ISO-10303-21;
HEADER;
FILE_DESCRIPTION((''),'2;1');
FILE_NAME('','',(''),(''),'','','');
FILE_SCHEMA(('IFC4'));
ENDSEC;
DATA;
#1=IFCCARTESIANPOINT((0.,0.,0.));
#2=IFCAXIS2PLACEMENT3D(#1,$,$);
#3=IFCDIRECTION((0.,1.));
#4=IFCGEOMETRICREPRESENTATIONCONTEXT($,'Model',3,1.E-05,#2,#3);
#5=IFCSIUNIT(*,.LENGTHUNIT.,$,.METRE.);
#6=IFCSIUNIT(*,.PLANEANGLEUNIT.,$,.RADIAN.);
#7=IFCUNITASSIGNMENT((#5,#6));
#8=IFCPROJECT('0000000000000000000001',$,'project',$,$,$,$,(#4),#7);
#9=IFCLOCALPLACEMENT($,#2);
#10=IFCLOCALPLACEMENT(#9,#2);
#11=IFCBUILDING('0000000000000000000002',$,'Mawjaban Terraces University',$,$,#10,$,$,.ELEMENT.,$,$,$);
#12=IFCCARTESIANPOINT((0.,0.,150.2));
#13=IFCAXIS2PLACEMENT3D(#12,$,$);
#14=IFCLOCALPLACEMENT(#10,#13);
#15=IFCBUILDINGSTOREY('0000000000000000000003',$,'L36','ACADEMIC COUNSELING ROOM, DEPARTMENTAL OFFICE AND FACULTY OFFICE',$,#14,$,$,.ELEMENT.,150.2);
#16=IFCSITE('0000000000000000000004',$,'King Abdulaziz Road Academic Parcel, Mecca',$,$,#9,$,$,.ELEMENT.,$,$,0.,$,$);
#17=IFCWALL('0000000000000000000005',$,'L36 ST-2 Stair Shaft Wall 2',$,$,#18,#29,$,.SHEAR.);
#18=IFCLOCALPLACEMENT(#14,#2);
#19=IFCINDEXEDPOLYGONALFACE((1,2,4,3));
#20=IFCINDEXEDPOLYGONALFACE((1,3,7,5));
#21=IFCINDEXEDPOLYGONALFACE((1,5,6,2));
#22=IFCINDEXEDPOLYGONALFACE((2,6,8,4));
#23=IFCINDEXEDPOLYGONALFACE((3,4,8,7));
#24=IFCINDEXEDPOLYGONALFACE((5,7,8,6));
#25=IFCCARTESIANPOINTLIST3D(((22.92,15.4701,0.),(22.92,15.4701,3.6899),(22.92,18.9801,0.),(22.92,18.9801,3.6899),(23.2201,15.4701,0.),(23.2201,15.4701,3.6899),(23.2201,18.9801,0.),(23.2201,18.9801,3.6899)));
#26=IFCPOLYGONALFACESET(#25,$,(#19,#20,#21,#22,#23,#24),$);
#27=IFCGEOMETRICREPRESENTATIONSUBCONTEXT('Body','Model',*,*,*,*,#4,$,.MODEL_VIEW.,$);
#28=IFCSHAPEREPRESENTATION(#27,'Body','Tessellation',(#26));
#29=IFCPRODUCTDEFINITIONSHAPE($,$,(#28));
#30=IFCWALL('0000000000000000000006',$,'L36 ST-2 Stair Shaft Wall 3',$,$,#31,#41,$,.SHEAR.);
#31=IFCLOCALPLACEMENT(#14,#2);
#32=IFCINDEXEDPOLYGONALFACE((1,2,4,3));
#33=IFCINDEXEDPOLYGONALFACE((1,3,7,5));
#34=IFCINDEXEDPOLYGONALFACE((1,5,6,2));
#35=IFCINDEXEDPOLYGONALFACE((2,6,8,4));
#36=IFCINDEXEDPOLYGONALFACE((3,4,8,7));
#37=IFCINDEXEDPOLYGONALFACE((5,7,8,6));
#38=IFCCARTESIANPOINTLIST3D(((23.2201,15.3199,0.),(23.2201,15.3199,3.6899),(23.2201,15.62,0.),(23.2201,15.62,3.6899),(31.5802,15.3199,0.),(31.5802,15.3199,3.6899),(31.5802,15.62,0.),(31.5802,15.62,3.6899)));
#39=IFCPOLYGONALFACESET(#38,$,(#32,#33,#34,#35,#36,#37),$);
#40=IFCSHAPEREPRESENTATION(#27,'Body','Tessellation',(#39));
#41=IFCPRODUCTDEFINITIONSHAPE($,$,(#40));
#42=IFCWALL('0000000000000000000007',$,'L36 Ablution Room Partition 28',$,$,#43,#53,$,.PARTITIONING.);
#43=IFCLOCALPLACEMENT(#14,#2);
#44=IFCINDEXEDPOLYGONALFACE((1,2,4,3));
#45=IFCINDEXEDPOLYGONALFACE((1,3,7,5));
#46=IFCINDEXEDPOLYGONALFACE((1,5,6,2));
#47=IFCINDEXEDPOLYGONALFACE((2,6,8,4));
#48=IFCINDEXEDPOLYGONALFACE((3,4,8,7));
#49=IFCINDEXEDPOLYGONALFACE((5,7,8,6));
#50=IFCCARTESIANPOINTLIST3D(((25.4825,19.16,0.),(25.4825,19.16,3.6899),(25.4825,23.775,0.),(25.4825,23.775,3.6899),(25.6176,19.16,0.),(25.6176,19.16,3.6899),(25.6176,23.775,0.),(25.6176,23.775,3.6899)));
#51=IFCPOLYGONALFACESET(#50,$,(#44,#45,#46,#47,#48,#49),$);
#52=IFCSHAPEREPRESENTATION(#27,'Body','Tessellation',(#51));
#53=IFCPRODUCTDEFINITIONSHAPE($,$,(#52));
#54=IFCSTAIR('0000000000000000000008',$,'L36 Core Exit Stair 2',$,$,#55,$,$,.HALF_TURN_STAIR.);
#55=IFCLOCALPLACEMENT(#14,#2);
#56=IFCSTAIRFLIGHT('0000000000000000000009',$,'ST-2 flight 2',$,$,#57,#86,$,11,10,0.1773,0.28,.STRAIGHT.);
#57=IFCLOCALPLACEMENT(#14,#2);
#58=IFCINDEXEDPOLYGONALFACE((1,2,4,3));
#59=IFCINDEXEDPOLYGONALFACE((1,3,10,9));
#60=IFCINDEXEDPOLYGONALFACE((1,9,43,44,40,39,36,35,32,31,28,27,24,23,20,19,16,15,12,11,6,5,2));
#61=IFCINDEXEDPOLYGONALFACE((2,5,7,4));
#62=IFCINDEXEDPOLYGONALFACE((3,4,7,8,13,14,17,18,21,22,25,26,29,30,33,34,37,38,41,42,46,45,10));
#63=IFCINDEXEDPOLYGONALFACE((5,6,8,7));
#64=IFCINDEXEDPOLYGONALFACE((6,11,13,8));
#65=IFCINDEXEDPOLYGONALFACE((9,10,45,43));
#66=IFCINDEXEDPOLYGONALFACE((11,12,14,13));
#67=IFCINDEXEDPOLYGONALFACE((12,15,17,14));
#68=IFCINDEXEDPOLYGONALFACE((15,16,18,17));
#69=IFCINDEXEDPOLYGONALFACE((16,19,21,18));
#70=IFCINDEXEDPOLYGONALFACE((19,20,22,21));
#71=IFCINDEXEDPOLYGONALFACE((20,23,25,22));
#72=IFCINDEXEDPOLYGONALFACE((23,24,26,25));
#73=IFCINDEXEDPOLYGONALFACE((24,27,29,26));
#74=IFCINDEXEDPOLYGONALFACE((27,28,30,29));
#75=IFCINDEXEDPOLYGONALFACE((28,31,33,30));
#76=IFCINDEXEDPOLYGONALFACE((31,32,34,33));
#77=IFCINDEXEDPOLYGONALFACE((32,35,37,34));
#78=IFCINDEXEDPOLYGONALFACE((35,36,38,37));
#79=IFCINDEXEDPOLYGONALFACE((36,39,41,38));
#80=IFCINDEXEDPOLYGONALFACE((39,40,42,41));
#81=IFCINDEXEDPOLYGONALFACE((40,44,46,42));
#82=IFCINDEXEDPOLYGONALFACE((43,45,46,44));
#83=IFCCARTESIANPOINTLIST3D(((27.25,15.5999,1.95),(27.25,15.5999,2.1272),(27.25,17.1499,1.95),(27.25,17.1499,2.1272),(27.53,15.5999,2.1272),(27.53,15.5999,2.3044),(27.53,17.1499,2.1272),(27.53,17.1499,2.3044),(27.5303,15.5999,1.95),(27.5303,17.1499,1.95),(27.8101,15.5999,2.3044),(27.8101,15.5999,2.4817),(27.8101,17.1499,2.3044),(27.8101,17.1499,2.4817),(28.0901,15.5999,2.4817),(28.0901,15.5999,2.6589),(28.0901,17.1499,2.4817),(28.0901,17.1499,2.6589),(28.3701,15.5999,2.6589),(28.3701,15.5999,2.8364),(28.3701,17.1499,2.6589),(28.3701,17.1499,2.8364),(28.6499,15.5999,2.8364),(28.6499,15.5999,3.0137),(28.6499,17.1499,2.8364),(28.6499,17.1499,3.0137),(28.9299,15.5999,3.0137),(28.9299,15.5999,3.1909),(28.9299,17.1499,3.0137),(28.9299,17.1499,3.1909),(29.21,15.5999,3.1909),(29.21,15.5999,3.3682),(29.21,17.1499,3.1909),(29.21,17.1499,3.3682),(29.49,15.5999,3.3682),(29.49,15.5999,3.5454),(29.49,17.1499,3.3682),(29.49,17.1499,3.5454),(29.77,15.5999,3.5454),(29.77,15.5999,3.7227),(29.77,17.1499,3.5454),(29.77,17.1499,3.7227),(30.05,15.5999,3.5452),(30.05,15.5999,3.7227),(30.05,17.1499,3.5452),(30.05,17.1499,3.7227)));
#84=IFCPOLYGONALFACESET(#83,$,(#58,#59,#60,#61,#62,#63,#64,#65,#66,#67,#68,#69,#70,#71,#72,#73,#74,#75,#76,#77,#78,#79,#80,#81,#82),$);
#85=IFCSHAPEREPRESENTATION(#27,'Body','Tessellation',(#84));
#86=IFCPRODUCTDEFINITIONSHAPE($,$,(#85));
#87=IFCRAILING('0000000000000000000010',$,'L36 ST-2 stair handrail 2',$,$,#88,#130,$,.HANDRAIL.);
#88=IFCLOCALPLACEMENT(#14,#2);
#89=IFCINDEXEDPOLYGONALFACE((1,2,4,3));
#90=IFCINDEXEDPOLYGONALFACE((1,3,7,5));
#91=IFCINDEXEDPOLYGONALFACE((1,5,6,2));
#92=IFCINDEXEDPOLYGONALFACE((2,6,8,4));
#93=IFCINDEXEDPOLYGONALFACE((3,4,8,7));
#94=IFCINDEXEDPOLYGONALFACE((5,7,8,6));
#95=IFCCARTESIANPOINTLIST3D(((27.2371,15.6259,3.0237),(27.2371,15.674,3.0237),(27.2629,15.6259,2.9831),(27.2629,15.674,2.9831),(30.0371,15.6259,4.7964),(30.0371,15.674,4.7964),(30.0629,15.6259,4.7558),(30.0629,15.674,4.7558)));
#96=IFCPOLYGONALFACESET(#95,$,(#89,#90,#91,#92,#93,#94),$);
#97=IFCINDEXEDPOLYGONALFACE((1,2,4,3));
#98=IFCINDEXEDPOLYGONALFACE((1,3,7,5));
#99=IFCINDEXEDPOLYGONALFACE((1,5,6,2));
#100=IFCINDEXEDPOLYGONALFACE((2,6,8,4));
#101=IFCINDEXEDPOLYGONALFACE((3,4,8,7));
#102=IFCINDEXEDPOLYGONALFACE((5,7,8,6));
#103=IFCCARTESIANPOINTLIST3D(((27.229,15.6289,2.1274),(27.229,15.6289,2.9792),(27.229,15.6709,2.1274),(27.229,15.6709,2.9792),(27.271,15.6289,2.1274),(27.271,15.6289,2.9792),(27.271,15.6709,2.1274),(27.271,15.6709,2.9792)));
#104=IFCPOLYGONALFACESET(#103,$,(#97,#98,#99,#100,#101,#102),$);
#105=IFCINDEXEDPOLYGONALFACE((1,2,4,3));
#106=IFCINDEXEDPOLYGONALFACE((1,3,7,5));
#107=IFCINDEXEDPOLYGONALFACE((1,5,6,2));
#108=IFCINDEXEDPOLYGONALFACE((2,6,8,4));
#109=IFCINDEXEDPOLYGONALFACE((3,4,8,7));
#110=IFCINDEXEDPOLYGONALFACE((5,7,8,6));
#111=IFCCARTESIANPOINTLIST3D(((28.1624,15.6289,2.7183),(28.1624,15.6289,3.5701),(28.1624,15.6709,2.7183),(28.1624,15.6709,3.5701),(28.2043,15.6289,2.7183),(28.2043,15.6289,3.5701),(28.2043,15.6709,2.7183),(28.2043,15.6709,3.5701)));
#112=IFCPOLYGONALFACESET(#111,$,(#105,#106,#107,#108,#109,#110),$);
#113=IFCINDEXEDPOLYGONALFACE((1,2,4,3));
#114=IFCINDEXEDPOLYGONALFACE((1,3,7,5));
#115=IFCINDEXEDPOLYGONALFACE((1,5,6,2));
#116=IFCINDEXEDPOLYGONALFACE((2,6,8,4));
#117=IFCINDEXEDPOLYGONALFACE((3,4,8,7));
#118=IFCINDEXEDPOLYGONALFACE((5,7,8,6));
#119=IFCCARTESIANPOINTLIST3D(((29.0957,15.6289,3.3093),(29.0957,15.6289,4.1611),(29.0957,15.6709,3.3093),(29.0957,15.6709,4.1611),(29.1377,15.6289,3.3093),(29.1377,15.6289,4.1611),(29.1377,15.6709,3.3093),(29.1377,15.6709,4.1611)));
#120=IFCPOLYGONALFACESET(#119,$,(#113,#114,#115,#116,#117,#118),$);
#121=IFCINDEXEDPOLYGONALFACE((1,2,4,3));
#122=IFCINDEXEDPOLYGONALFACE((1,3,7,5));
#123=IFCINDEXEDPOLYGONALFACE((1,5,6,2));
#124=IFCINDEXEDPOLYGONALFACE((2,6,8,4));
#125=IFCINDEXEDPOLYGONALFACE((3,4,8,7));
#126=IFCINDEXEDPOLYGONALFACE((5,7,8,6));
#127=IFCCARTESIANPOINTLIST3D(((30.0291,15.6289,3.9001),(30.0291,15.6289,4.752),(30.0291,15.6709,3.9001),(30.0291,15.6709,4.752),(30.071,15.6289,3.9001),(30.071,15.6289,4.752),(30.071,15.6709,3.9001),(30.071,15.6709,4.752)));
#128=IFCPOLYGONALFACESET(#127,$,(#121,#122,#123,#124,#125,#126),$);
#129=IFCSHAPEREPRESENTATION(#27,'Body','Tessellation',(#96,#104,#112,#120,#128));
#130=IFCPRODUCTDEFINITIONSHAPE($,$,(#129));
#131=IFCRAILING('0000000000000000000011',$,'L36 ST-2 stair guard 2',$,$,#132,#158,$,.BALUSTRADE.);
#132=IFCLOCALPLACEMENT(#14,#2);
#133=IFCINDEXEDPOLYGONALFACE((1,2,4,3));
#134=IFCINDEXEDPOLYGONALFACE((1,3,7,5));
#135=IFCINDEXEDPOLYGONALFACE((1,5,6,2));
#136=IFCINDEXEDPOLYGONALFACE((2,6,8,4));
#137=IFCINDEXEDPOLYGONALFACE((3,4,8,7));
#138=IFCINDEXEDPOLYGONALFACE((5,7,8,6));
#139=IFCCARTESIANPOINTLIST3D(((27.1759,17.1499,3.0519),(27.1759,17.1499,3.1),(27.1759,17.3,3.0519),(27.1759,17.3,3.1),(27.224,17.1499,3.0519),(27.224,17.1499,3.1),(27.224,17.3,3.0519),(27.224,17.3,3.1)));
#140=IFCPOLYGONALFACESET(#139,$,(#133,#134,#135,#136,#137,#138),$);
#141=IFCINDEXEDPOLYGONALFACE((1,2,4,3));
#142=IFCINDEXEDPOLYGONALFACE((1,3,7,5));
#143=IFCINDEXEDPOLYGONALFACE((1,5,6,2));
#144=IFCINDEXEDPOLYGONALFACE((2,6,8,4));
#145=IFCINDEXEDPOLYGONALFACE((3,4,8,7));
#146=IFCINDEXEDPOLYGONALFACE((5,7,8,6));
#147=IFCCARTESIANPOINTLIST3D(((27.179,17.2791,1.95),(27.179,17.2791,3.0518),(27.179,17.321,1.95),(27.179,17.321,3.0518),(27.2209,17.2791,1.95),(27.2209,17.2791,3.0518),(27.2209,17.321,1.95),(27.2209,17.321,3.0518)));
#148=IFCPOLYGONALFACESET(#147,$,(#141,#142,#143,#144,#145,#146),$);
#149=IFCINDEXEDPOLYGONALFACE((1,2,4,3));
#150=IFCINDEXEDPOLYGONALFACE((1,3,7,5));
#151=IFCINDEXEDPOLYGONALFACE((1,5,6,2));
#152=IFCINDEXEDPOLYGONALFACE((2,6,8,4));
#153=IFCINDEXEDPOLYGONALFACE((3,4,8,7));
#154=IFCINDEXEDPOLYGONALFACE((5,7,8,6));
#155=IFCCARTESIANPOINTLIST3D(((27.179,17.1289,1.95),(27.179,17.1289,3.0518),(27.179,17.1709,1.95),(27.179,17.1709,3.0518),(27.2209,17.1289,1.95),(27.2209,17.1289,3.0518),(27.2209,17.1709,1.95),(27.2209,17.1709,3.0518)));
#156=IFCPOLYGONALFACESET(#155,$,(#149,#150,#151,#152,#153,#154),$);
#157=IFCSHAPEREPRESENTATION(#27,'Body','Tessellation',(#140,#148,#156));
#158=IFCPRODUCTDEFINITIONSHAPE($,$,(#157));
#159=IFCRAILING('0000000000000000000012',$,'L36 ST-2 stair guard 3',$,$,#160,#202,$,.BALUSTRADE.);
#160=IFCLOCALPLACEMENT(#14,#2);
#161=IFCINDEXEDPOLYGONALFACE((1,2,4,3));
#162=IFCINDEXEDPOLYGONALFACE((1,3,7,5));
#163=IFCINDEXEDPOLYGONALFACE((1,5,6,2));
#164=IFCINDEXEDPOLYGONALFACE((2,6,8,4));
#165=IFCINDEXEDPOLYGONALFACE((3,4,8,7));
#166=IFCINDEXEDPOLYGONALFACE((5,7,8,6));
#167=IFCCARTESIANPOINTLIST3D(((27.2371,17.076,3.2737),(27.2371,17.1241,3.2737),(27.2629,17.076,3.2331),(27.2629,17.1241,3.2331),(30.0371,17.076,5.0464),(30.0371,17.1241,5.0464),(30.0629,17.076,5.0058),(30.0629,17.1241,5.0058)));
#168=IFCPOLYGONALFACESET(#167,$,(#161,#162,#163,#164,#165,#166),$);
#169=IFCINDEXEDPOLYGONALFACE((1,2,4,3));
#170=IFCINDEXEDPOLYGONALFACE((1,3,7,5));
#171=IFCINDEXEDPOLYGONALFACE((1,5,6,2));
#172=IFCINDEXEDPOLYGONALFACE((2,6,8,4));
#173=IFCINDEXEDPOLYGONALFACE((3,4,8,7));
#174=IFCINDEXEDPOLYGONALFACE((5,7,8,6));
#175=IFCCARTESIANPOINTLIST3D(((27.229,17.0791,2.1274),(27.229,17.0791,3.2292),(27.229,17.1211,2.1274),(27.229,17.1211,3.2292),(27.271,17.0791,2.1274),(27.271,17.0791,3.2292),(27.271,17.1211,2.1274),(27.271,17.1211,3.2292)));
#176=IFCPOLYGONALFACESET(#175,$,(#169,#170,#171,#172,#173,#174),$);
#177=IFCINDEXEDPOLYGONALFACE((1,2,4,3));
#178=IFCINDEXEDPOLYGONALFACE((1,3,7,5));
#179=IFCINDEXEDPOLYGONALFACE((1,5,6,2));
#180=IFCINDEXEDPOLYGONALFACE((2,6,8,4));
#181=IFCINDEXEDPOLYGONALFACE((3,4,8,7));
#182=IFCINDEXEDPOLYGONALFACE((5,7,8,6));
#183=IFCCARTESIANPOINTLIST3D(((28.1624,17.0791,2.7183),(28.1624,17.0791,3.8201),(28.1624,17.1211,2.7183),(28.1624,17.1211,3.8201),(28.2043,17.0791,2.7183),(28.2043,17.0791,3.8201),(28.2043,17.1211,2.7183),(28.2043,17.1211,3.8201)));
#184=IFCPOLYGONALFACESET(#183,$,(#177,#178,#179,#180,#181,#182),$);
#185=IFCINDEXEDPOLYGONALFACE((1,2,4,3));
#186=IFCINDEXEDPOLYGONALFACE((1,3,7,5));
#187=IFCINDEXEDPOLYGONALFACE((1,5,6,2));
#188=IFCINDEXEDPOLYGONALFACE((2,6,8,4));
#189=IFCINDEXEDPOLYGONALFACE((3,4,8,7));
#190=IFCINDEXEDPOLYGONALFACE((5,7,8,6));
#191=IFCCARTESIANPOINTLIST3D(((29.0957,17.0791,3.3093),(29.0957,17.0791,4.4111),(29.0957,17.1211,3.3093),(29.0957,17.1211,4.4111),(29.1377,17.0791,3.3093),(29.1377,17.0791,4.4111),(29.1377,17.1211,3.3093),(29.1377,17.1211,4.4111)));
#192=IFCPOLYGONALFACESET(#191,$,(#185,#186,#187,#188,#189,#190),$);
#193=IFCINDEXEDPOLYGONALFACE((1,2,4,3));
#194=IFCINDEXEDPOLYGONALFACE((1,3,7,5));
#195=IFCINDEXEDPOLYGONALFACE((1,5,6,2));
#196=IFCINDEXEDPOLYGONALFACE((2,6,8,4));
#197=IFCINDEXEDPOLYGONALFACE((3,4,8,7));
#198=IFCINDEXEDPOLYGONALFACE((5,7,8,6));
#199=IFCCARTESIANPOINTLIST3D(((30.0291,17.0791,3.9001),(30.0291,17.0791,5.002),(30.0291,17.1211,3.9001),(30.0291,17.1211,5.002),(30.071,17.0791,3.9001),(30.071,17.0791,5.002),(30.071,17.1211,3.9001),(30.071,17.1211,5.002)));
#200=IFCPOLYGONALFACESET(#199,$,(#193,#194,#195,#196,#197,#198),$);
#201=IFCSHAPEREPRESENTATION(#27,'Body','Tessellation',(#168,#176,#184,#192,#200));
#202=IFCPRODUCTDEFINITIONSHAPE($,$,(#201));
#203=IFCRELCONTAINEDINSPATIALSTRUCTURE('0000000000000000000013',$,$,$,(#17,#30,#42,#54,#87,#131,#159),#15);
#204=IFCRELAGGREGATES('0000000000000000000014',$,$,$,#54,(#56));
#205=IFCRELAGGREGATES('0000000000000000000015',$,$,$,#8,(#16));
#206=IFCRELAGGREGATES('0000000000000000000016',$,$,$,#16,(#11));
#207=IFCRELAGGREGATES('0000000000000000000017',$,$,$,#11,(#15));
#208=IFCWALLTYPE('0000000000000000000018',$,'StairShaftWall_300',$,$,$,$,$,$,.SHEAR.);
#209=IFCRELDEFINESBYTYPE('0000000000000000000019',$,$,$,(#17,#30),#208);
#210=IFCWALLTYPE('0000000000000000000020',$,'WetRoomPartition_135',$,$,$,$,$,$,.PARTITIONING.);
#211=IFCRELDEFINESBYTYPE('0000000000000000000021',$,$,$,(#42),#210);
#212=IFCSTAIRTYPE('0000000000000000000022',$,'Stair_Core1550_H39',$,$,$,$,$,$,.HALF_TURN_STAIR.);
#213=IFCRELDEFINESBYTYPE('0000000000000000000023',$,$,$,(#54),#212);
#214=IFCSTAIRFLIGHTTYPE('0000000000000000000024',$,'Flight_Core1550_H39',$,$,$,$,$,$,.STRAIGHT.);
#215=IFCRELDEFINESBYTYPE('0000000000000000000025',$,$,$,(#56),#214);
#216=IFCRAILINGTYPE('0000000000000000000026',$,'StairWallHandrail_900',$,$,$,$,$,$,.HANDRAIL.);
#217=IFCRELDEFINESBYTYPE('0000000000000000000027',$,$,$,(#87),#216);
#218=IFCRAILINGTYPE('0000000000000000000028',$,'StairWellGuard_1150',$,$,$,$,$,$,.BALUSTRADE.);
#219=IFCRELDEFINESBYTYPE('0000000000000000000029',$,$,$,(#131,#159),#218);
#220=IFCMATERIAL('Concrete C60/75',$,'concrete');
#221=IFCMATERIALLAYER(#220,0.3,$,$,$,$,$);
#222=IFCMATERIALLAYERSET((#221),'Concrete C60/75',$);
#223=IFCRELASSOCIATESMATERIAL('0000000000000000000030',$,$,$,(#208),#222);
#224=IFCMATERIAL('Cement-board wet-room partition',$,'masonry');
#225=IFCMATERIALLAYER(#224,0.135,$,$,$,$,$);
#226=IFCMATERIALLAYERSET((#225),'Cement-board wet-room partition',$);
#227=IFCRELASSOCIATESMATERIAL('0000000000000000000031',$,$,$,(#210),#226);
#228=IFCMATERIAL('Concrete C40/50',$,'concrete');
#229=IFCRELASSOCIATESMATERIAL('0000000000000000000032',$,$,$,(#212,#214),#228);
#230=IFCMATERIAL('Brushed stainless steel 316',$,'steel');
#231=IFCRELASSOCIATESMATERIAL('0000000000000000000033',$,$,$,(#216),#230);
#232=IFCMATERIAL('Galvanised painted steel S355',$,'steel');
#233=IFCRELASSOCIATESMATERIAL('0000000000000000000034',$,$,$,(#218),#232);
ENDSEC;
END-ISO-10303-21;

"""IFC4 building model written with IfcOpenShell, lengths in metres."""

from ifc_helpers import new_model, si_unit, direction, frame, frame_2d, origin, origin_2d, place, context, subcontext, project, spatial, polyline, rectangle, outline, extrude, material, layer, layer_set, type_object, element, aggregate, save


model = new_model("IFC4")

# Units and contexts
model_context = context("Model", 3, precision=1e-05, world=origin(), true_north=direction((0.0, 1.0)))
body_context = subcontext(model_context, "Body", "Model", "MODEL_VIEW")
ifc_project = project(units=[si_unit("LENGTHUNIT", "METRE"), si_unit("PLANEANGLEUNIT", "RADIAN")], contexts=[model_context])

# Site, building, storey
site_placement = place(None, origin())
site = spatial("IfcSite", under=ifc_project, at=site_placement, Name="King Abdulaziz Road Academic Parcel, Mecca", CompositionType="ELEMENT", RefElevation=0.0)
building_placement = place(site_placement, origin())
building = spatial("IfcBuilding", under=site, at=building_placement, Name="Mawjaban Terraces University", CompositionType="ELEMENT")
storey_placement = place(building_placement, frame((0.0, 0.0, 150.2)))
storey = spatial("IfcBuildingStorey", under=building, at=storey_placement, Name="L36", Description="ACADEMIC COUNSELING ROOM, DEPARTMENTAL OFFICE AND FACULTY OFFICE", CompositionType="ELEMENT", Elevation=150.2)

# Shared definitions
ifc_material_1 = material(Name="Concrete C60/75", Category="concrete")

# Shared definitions
ifc_material_2 = material(Name="Concrete C40/50", Category="concrete")

# Walls
ifc_layer_1 = layer(ifc_material_1, 0.3)
ifc_layer_set_1 = layer_set([ifc_layer_1], Name="Concrete C60/75")
wall_type_1 = type_object("IfcWallType", Name="StairShaftWall_300", PredefinedType="SHEAR", material=ifc_layer_set_1)
wall_1_placement = place(storey_placement, frame((23.0701, 18.98, 0.0), z_axis=(0.0, 0.0, 1.0), x_axis=(0.0, -1.0, 0.0)))
element("IfcWall", 1, at=wall_1_placement, inside=storey, type_object=wall_type_1, Name="L36 ST-2 Stair Shaft Wall 2", PredefinedType="SHEAR", context=body_context, shape_type="SweptSolid", body=[
    extrude(rectangle(XDim=3.51, YDim=0.3, at=frame_2d((1.7549, 0.0))), origin(), (0.0, 0.0, 1.0), 3.6899),
])
wall_2_placement = place(storey_placement, frame((23.22, 15.47, 0.0), z_axis=(0.0, 0.0, 1.0), x_axis=(1.0, 0.0, 0.0)))
element("IfcWall", 2, at=wall_2_placement, inside=storey, type_object=wall_type_1, Name="L36 ST-2 Stair Shaft Wall 3", PredefinedType="SHEAR", context=body_context, shape_type="SweptSolid", body=[
    extrude(rectangle(XDim=8.3601, YDim=0.3, at=frame_2d((4.1802, 0.0))), origin(), (0.0, 0.0, 1.0), 3.6899),
])
ifc_material_3 = material(Name="Cement-board wet-room partition", Category="masonry")
ifc_layer_2 = layer(ifc_material_3, 0.135)
ifc_layer_set_2 = layer_set([ifc_layer_2], Name="Cement-board wet-room partition")
wall_type_2 = type_object("IfcWallType", Name="WetRoomPartition_135", PredefinedType="PARTITIONING", material=ifc_layer_set_2)
wall_3_placement = place(storey_placement, frame((25.55, 19.1599, 0.0), z_axis=(0.0, 0.0, 1.0), x_axis=(0.0, 1.0, 0.0)))
element("IfcWall", 3, at=wall_3_placement, inside=storey, type_object=wall_type_2, Name="L36 Ablution Room Partition 28", PredefinedType="PARTITIONING", context=body_context, shape_type="SweptSolid", body=[
    extrude(rectangle(XDim=4.615, YDim=0.135, at=frame_2d((2.3076, 0.0))), origin(), (0.0, 0.0, 1.0), 3.6899),
])

# Stair, stair flight
stair_type = type_object("IfcStairType", Name="Stair_Core1550_H39", PredefinedType="HALF_TURN_STAIR", material=ifc_material_2)
stair_placement = place(storey_placement, origin())
stair = element("IfcStair", 4, at=stair_placement, inside=storey, type_object=stair_type, Name="L36 Core Exit Stair 2", PredefinedType="HALF_TURN_STAIR")
stair_flight_type = type_object("IfcStairFlightType", Name="Flight_Core1550_H39", PredefinedType="STRAIGHT", material=ifc_material_2)
stair_flight_placement = place(storey_placement, frame((27.25, 16.375, 1.95), z_axis=(0.0, 0.0, 1.0), x_axis=(1.0, 0.0, 0.0)))
stair_flight = element("IfcStairFlight", 5, at=stair_flight_placement, type_object=stair_flight_type, Name="ST-2 flight 2", NumberOfRisers=11, NumberOfTreads=10, PredefinedType="STRAIGHT", RiserHeight=0.1773, TreadLength=0.28, context=body_context, shape_type="SweptSolid", body=[
    extrude(outline(polyline([(0.0, 0.0), (0.0, 0.1772), (0.28, 0.1772), (0.28, 0.3545), (0.5601, 0.3545), (0.5601, 0.5317), (0.8401, 0.5317), (0.8401, 0.709), (1.1201, 0.709), (1.1201, 0.8865), (1.3999, 0.8865), (1.3999, 1.0637), (1.6799, 1.0637), (1.6799, 1.241), (1.96, 1.241), (1.96, 1.4182), (2.24, 1.4182), (2.24, 1.5955), (2.52, 1.5955), (2.52, 1.7727), (2.8, 1.7727), (2.8, 1.95), (2.8, 1.5952), (0.2803, 0.0), (0.0, 0.0)])), frame((0.0, 0.7749, 0.0), z_axis=(0.0, -1.0, 0.0), x_axis=(1.0, 0.0, 0.0)), (0.0, 0.0, 1.0), 1.55),
])
aggregate(stair, [stair_flight])

# Railings
ifc_material_4 = material(Name="Brushed stainless steel 316", Category="steel")
railing_type_1 = type_object("IfcRailingType", Name="StairWallHandrail_900", PredefinedType="HANDRAIL", material=ifc_material_4)
railing_1_placement = place(storey_placement, frame((27.25, 15.6499, 2.1274)))
element("IfcRailing", 6, at=railing_1_placement, inside=storey, type_object=railing_type_1, Name="L36 ST-2 stair handrail 2", PredefinedType="HANDRAIL", context=body_context, shape_type="SweptSolid", body=[
    extrude(rectangle(XDim=0.0481, YDim=0.0481, at=origin_2d()), frame((0.0, 0.0, 0.876), z_axis=(0.844909, 0.0, 0.53491), x_axis=(0.0, 1.0, 0.0)), (0.0, 0.0, 1.0), 3.314),
    extrude(rectangle(XDim=0.042, YDim=0.042, at=origin_2d()), origin(), (0.0, 0.0, 1.0), 0.8518),
    extrude(rectangle(XDim=0.042, YDim=0.042, at=origin_2d()), frame((0.9333, 0.0, 0.5908)), (0.0, 0.0, 1.0), 0.8518),
    extrude(rectangle(XDim=0.042, YDim=0.042, at=origin_2d()), frame((1.8667, 0.0, 1.1819)), (0.0, 0.0, 1.0), 0.8518),
    extrude(rectangle(XDim=0.042, YDim=0.042, at=origin_2d()), frame((2.8, 0.0, 1.7727)), (0.0, 0.0, 1.0), 0.8518),
])
ifc_material_5 = material(Name="Galvanised painted steel S355", Category="steel")
railing_type_2 = type_object("IfcRailingType", Name="StairWellGuard_1150", PredefinedType="BALUSTRADE", material=ifc_material_5)
railing_2_placement = place(storey_placement, frame((27.2, 17.3, 1.95)))
element("IfcRailing", 7, at=railing_2_placement, inside=storey, type_object=railing_type_2, Name="L36 ST-2 stair guard 2", PredefinedType="BALUSTRADE", context=body_context, shape_type="SweptSolid", body=[
    extrude(rectangle(XDim=0.0481, YDim=0.0481, at=origin_2d()), frame((0.0, 0.0, 1.126), z_axis=(0.0, -1.0, 0.0), x_axis=(1.0, 0.0, 0.0)), (0.0, 0.0, 1.0), 0.1501),
    extrude(rectangle(XDim=0.042, YDim=0.042, at=origin_2d()), origin(), (0.0, 0.0, 1.0), 1.1018),
    extrude(rectangle(XDim=0.042, YDim=0.042, at=origin_2d()), frame((0.0, -0.1501, 0.0)), (0.0, 0.0, 1.0), 1.1018),
])
railing_3_placement = place(storey_placement, frame((27.25, 17.1001, 2.1274)))
element("IfcRailing", 8, at=railing_3_placement, inside=storey, type_object=railing_type_2, Name="L36 ST-2 stair guard 3", PredefinedType="BALUSTRADE", context=body_context, shape_type="SweptSolid", body=[
    extrude(rectangle(XDim=0.0481, YDim=0.0481, at=origin_2d()), frame((0.0, 0.0, 1.126), z_axis=(0.844909, 0.0, 0.53491), x_axis=(0.0, 1.0, 0.0)), (0.0, 0.0, 1.0), 3.314),
    extrude(rectangle(XDim=0.042, YDim=0.042, at=origin_2d()), origin(), (0.0, 0.0, 1.0), 1.1018),
    extrude(rectangle(XDim=0.042, YDim=0.042, at=origin_2d()), frame((0.9333, 0.0, 0.5908)), (0.0, 0.0, 1.0), 1.1018),
    extrude(rectangle(XDim=0.042, YDim=0.042, at=origin_2d()), frame((1.8667, 0.0, 1.1819)), (0.0, 0.0, 1.0), 1.1018),
    extrude(rectangle(XDim=0.042, YDim=0.042, at=origin_2d()), frame((2.8, 0.0, 1.7727)), (0.0, 0.0, 1.0), 1.1018),
])

save(model, "model.ifc")
